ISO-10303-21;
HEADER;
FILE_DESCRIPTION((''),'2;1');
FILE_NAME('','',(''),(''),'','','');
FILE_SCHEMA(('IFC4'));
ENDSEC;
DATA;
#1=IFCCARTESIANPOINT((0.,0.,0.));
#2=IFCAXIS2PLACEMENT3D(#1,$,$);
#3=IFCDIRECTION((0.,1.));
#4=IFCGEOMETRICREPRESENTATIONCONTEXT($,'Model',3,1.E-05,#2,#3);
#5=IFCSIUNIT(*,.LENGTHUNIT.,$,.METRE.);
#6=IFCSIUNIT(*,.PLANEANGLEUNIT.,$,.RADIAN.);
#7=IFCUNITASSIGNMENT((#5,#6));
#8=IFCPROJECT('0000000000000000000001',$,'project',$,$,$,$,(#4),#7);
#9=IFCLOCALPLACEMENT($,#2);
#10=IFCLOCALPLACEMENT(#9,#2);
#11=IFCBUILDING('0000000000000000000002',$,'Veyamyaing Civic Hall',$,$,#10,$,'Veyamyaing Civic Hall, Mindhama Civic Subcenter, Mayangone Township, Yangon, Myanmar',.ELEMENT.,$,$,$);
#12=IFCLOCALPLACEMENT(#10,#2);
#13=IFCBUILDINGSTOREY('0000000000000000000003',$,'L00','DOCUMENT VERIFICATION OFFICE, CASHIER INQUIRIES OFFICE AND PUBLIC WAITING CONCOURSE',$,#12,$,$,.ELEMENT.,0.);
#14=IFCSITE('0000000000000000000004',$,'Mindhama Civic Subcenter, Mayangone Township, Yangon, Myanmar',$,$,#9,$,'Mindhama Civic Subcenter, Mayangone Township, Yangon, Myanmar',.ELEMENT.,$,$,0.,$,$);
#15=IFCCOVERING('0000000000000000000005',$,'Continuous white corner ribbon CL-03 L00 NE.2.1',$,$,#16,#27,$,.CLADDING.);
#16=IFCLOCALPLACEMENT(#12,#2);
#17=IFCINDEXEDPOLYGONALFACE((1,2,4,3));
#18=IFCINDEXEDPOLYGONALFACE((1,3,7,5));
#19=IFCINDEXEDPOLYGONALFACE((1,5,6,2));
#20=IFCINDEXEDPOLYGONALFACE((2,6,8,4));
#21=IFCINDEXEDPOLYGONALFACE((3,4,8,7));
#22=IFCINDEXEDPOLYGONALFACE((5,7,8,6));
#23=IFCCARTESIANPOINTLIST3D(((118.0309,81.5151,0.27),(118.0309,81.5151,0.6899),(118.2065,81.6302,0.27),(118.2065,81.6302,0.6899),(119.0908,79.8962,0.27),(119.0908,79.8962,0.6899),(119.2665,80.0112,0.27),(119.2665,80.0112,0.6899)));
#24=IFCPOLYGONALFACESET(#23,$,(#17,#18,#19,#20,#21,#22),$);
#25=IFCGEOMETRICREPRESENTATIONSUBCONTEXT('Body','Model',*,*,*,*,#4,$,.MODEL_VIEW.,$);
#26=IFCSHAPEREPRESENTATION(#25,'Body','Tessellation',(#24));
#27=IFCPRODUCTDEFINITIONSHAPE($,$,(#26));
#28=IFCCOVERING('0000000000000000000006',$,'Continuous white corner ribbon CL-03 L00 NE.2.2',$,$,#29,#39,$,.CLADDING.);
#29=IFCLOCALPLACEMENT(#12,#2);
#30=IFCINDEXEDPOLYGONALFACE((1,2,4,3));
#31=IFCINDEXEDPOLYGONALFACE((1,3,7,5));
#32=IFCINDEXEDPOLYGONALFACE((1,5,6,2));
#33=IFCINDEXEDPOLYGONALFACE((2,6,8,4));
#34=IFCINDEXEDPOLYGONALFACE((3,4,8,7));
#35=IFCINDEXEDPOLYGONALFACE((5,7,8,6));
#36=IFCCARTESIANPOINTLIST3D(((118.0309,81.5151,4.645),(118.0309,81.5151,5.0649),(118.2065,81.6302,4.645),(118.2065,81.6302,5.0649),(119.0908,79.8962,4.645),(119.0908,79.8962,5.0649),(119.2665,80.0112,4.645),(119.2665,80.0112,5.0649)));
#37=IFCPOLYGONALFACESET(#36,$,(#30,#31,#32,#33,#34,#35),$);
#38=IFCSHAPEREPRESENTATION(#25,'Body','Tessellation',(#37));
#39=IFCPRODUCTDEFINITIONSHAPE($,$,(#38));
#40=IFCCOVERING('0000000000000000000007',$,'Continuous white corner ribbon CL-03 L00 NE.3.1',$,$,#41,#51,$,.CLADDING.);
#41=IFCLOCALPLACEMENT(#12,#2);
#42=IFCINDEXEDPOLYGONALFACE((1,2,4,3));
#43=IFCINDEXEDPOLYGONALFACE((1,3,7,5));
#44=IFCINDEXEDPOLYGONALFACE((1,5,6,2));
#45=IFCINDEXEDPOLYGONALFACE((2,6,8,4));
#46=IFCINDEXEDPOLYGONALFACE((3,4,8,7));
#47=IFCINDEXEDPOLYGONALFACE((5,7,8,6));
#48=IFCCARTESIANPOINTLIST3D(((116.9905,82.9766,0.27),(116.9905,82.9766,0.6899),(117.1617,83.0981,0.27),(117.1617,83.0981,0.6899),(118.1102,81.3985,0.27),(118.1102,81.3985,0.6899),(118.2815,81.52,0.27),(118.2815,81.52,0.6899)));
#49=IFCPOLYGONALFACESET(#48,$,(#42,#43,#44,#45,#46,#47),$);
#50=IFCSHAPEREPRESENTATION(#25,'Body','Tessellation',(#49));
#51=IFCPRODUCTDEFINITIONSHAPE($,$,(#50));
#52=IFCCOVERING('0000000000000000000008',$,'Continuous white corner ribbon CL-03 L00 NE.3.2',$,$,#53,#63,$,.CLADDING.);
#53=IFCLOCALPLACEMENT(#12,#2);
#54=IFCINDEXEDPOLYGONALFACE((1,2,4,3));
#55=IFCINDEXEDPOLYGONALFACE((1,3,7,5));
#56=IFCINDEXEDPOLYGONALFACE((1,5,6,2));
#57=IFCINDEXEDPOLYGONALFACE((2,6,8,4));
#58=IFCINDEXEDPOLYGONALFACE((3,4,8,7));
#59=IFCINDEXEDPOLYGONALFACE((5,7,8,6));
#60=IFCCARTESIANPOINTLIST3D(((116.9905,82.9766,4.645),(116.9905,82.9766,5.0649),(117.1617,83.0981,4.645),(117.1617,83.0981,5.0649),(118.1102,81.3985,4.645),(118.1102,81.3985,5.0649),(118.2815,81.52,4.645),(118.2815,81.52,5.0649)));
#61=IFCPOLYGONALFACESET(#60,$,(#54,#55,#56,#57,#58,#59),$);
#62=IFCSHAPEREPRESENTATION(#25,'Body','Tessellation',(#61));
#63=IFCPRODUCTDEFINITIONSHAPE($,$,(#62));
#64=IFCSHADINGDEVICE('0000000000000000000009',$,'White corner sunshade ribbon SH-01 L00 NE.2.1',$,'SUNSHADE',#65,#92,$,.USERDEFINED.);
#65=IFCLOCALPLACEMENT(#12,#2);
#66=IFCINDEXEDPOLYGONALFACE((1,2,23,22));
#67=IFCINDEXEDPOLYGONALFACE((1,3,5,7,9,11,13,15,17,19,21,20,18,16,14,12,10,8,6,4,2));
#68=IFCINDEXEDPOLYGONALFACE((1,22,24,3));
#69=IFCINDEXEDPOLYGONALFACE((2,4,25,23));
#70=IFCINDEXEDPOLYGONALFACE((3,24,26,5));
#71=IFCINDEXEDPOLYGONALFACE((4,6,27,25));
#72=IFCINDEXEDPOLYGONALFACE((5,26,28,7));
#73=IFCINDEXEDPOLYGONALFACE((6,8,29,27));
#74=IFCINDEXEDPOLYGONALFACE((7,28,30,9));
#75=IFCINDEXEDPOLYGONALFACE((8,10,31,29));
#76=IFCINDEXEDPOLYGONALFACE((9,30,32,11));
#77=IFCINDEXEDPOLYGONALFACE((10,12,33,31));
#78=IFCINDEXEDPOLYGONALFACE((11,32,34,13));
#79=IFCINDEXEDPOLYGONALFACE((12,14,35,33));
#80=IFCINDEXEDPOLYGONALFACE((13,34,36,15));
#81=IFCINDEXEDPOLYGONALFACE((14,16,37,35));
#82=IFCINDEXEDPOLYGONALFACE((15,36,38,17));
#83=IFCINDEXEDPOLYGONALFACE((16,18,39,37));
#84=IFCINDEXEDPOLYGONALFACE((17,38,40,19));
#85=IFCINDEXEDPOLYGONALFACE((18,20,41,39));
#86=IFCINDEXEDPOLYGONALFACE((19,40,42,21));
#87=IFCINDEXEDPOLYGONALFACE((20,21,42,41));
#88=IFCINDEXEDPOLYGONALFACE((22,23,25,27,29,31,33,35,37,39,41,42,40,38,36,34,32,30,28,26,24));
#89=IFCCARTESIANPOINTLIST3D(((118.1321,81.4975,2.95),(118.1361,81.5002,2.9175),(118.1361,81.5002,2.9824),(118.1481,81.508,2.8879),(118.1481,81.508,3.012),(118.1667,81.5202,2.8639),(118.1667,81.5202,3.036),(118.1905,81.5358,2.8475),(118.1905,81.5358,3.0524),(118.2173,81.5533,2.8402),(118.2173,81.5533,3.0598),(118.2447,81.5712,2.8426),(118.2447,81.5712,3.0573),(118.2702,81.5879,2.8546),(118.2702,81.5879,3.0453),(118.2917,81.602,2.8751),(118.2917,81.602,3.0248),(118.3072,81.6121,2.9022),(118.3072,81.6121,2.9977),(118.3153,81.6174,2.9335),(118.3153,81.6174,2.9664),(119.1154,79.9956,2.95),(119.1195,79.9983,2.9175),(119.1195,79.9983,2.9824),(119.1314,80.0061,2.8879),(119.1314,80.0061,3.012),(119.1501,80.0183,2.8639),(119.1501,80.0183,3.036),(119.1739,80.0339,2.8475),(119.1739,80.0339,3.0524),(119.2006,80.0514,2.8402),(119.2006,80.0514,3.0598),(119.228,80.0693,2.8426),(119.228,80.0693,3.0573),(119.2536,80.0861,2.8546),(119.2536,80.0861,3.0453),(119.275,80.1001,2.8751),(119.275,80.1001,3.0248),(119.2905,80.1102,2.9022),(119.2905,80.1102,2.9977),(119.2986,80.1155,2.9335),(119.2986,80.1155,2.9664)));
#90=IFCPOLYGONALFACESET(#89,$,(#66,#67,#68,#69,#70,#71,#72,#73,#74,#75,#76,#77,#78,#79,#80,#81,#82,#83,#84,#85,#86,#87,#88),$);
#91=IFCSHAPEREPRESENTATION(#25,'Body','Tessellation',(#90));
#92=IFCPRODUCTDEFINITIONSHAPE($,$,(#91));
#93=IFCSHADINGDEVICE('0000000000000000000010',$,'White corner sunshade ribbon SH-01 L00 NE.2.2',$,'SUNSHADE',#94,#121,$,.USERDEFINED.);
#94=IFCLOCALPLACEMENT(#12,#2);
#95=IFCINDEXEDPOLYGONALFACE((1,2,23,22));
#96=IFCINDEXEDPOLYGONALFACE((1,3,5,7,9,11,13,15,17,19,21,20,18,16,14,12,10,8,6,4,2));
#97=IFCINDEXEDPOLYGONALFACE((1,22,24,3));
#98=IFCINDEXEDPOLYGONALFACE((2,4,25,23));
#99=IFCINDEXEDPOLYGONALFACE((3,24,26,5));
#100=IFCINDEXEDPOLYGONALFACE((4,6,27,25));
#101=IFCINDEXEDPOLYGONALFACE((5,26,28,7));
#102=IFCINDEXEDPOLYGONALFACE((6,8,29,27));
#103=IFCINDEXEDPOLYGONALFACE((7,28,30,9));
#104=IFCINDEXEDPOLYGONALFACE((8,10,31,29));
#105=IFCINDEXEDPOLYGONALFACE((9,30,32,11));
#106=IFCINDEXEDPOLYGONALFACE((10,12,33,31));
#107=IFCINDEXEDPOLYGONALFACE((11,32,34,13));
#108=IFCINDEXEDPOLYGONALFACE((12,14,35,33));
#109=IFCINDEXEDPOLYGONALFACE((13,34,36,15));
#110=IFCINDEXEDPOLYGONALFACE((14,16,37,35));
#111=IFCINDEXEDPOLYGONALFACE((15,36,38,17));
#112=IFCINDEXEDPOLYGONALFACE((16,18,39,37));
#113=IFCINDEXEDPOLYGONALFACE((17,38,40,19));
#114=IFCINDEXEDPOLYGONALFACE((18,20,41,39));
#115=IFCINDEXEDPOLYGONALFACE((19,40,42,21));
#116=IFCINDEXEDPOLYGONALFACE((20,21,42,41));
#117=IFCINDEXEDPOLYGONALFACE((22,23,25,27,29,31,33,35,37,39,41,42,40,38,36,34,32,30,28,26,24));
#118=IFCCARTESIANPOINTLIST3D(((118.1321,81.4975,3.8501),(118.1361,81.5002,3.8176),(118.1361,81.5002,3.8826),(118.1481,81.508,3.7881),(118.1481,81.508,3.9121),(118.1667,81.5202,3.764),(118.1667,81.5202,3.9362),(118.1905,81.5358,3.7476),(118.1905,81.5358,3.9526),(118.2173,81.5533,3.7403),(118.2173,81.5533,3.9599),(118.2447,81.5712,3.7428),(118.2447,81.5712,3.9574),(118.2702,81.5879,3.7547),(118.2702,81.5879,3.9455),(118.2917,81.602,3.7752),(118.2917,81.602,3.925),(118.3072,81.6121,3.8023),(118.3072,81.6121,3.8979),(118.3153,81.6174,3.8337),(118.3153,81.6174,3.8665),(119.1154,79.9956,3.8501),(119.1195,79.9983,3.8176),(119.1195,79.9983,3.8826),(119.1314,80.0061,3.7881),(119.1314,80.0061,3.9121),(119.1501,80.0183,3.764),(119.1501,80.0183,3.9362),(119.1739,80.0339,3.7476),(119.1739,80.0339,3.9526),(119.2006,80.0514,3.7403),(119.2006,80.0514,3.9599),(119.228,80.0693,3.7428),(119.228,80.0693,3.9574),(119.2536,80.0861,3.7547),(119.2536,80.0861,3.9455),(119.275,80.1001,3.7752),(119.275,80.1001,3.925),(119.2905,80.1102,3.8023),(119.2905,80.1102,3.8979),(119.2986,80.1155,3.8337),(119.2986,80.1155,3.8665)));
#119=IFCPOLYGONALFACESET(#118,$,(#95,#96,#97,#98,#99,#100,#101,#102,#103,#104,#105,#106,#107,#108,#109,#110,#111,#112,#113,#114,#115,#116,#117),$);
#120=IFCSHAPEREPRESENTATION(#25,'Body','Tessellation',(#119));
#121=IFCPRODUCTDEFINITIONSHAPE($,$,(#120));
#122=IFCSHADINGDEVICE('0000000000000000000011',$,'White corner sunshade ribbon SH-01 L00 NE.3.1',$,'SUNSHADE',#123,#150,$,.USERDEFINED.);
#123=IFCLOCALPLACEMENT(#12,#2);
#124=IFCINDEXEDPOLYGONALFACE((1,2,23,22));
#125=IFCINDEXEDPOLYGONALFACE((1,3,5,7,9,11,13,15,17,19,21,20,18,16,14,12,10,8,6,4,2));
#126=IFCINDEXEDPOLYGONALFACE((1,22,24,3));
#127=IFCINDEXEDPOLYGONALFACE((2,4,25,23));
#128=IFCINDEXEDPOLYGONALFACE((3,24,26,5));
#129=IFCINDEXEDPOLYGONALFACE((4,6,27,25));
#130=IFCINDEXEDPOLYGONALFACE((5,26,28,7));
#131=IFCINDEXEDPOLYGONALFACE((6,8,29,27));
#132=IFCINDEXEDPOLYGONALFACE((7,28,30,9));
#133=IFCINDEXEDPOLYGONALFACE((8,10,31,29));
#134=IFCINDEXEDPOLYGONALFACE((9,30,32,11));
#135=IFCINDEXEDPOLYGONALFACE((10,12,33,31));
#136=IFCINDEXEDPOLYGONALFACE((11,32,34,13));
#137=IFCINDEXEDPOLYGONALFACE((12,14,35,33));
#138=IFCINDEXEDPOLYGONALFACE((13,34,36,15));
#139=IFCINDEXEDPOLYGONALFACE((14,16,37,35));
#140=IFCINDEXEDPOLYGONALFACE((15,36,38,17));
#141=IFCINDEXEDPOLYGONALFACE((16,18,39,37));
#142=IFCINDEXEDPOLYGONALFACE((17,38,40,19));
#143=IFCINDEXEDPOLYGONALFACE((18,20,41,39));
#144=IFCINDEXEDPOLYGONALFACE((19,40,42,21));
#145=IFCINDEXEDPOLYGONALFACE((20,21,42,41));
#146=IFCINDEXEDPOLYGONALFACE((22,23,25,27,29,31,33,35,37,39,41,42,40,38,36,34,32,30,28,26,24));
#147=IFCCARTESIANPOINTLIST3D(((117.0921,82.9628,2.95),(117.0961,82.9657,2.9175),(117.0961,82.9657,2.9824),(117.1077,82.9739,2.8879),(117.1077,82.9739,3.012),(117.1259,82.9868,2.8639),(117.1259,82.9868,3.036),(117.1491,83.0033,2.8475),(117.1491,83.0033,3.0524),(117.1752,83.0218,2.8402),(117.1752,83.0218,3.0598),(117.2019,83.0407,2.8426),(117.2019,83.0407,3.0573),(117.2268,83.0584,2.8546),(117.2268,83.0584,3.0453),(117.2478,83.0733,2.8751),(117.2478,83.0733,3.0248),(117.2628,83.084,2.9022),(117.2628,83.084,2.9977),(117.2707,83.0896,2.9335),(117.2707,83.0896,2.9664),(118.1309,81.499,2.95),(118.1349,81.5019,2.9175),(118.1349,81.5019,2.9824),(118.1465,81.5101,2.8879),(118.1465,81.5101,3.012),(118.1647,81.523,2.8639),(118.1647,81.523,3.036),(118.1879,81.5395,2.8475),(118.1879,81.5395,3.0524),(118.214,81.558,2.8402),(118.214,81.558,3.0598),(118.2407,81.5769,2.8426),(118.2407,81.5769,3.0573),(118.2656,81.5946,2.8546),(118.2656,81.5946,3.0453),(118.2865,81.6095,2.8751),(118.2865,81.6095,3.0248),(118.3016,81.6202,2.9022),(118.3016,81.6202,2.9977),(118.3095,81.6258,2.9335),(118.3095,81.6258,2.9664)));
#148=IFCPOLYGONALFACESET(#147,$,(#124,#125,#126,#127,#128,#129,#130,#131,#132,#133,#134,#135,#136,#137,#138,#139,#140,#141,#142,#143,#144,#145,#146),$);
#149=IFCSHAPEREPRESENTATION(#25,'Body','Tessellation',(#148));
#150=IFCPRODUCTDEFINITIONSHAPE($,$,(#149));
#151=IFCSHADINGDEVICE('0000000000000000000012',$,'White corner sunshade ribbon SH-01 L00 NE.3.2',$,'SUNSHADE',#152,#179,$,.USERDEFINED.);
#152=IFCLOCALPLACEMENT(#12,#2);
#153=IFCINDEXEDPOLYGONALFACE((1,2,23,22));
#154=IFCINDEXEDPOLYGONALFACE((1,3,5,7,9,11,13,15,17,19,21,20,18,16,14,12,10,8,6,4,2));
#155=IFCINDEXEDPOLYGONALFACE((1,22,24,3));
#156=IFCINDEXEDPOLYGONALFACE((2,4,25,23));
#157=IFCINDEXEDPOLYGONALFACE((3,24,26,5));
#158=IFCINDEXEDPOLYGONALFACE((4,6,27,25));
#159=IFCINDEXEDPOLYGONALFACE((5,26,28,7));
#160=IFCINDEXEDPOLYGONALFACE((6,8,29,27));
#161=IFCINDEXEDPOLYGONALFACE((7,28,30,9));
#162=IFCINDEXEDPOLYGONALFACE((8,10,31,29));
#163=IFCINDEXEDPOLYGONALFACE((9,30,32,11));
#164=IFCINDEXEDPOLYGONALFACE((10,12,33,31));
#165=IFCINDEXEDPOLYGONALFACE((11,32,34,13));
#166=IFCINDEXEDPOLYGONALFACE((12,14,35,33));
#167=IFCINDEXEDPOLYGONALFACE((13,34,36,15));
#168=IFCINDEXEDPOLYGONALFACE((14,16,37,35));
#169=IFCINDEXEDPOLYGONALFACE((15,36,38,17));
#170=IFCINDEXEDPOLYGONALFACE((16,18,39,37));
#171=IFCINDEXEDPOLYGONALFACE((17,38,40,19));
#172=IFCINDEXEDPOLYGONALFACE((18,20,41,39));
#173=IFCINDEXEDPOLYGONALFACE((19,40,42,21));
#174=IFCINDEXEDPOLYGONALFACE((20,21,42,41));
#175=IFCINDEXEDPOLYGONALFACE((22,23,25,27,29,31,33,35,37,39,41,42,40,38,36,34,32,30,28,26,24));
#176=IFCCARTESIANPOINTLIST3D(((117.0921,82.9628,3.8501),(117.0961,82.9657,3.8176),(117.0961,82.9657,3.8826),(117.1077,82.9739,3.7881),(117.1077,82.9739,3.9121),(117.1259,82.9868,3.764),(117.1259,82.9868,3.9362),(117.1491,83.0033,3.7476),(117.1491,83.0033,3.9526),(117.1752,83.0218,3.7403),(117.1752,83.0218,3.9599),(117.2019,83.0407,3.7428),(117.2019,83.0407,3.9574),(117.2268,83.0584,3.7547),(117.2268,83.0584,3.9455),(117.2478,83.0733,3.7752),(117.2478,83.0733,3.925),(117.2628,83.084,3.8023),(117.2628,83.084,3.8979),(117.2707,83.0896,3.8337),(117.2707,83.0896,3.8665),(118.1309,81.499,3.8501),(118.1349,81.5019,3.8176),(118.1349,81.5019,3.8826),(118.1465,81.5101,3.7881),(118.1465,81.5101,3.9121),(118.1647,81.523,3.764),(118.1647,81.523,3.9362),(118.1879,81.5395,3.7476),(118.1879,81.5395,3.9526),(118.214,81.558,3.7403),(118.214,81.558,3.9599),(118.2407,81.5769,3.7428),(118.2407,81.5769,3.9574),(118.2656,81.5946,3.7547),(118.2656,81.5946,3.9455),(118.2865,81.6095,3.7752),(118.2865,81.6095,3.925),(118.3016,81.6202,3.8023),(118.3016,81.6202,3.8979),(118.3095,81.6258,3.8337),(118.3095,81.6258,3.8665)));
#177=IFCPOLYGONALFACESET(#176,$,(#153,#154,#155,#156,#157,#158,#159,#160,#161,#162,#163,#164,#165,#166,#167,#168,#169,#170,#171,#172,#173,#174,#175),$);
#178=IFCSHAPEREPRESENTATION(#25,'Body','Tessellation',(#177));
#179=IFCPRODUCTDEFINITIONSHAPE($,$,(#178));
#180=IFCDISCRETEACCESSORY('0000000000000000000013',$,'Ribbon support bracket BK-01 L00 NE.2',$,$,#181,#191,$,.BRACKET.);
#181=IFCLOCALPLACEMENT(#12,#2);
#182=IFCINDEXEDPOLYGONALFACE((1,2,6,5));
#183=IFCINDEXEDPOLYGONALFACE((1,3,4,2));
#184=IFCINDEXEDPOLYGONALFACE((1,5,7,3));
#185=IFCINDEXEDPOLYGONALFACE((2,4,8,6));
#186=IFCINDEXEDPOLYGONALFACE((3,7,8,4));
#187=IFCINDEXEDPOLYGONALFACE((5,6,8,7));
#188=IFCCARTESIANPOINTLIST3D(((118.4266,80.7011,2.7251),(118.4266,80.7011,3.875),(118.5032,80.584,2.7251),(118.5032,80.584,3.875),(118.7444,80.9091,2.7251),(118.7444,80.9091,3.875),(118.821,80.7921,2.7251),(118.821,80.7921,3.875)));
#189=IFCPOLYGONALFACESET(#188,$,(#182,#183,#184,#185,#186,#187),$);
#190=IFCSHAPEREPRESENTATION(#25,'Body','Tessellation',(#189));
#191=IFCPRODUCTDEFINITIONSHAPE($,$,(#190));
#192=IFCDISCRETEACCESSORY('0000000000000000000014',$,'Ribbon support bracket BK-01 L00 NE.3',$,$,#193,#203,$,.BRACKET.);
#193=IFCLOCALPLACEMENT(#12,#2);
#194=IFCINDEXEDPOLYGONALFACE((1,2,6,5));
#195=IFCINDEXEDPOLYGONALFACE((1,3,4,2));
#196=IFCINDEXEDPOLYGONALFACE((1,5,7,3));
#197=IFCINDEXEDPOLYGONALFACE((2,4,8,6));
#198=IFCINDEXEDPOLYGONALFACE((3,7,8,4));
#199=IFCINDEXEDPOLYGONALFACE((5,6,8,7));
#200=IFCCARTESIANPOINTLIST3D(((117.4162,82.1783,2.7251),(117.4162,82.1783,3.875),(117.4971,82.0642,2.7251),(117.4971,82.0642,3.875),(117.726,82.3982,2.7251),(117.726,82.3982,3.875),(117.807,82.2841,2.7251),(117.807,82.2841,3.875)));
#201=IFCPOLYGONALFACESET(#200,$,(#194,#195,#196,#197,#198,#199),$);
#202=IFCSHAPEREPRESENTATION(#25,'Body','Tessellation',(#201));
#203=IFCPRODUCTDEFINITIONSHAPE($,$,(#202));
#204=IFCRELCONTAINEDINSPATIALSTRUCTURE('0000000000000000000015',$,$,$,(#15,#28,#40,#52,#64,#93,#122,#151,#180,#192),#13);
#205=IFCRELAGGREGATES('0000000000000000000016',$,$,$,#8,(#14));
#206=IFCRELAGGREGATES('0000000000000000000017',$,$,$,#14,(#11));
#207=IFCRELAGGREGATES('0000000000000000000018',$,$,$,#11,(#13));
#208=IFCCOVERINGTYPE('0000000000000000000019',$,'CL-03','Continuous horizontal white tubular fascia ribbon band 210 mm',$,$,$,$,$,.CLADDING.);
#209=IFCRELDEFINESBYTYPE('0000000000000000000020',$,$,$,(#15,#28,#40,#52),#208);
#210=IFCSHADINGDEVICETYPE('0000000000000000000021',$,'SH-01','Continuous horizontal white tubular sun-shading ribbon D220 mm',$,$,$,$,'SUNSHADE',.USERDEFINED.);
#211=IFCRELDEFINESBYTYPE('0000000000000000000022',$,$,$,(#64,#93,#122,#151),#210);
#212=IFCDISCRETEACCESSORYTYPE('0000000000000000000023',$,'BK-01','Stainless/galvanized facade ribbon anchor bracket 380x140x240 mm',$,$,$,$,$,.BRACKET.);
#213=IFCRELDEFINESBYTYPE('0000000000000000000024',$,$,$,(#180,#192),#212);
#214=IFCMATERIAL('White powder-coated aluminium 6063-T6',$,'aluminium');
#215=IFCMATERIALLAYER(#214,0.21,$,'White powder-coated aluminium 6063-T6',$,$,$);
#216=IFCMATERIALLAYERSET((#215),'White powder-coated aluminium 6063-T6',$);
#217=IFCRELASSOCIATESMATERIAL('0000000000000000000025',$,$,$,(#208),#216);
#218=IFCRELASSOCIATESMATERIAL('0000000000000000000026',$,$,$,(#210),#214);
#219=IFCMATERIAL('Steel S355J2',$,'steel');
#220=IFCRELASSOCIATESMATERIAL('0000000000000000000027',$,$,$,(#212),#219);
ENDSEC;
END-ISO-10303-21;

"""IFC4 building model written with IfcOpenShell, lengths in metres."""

from ifc_helpers import new_model, si_unit, direction, frame, origin, origin_2d, place, context, subcontext, project, spatial, rectangle, circle, extrude, material, layer, layer_set, material_profile, profile_set, type_object, element, save


model = new_model("IFC4")

# Units and contexts
model_context = context("Model", 3, precision=1e-05, world=origin(), true_north=direction((0.0, 1.0)))
body_context = subcontext(model_context, "Body", "Model", "MODEL_VIEW")
ifc_project = project(units=[si_unit("LENGTHUNIT", "METRE"), si_unit("PLANEANGLEUNIT", "RADIAN")], contexts=[model_context])

# Site, building, storey
site_placement = place(None, origin())
site = spatial("IfcSite", under=ifc_project, at=site_placement, Name="Mindhama Civic Subcenter, Mayangone Township, Yangon, Myanmar", LongName="Mindhama Civic Subcenter, Mayangone Township, Yangon, Myanmar", CompositionType="ELEMENT", RefElevation=0.0)
building_placement = place(site_placement, origin())
building = spatial("IfcBuilding", under=site, at=building_placement, Name="Veyamyaing Civic Hall", LongName="Veyamyaing Civic Hall, Mindhama Civic Subcenter, Mayangone Township, Yangon, Myanmar", CompositionType="ELEMENT")
storey_placement = place(building_placement, origin())
storey = spatial("IfcBuildingStorey", under=building, at=storey_placement, Name="L00", Description="DOCUMENT VERIFICATION OFFICE, CASHIER INQUIRIES OFFICE AND PUBLIC WAITING CONCOURSE", CompositionType="ELEMENT", Elevation=0.0)

# Coverings
ifc_material_1 = material(Name="White powder-coated aluminium 6063-T6", Category="aluminium")
ifc_layer_1 = layer(ifc_material_1, 0.21, Name="White powder-coated aluminium 6063-T6")
ifc_layer_set_1 = layer_set([ifc_layer_1], Name="White powder-coated aluminium 6063-T6")
covering_type = type_object("IfcCoveringType", Name="CL-03", Description="Continuous horizontal white tubular fascia ribbon band 210 mm", PredefinedType="CLADDING", material=ifc_layer_set_1)
for number, where, z_axis, x_axis, name in (
    (1, (118.6487, 80.7632, 0.27), (0.0, 0.0, 1.0), (-0.547772, 0.836628, 0.0), "Continuous white corner ribbon CL-03 L00 NE.2.1"),
    (2, (118.6487, 80.7632, 4.645), (0.0, 0.0, 1.0), (-0.547772, 0.836628, 0.0), "Continuous white corner ribbon CL-03 L00 NE.2.2"),
    (3, (117.636, 82.2483, 0.27), (0.0, 0.0, 1.0), (-0.578671, 0.815561, 0.0), "Continuous white corner ribbon CL-03 L00 NE.3.1"),
    (4, (117.636, 82.2483, 4.645), (0.0, 0.0, 1.0), (-0.578671, 0.815561, 0.0), "Continuous white corner ribbon CL-03 L00 NE.3.2"),
):
    element("IfcCovering", number, at=place(storey_placement, frame(where, z_axis=z_axis, x_axis=x_axis)), inside=storey, type_object=covering_type, Name=name, PredefinedType="CLADDING", context=body_context, shape_type="SweptSolid", body=[
        extrude(rectangle(XDim=1.9351, YDim=0.21, at=origin_2d()), origin(), (0.0, 0.0, 1.0), 0.4199),
    ])

# Shading devices
ifc_material_profile_1 = material_profile(ifc_material_1, circle(Radius=0.1101, at=origin_2d()), Name="SHADE-TUBE-220")
ifc_profile_set_1 = profile_set([ifc_material_profile_1], Name="White powder-coated aluminium 6063-T6")
shading_device_type = type_object("IfcShadingDeviceType", Name="SH-01", Description="Continuous horizontal white tubular sun-shading ribbon D220 mm", ElementType="SUNSHADE", PredefinedType="USERDEFINED", material=ifc_profile_set_1)
for number, where, z_axis, x_axis, name in (
    (5, (119.2075, 80.0559, 2.95), (-0.547777, 0.836624, 0.0), (-0.836624, -0.547777, 0.0), "White corner sunshade ribbon SH-01 L00 NE.2.1"),
    (6, (119.2075, 80.0559, 3.8501), (-0.547777, 0.836624, 0.0), (-0.836624, -0.547777, 0.0), "White corner sunshade ribbon SH-01 L00 NE.2.2"),
):
    element("IfcShadingDevice", number, at=place(storey_placement, frame(where, z_axis=z_axis, x_axis=x_axis)), inside=storey, type_object=shading_device_type, Name=name, ObjectType="SUNSHADE", PredefinedType="USERDEFINED", context=body_context, shape_type="SweptSolid", body=[
        extrude(circle(Radius=0.1101, at=origin_2d()), origin(), (0.0, 0.0, 1.0), 1.7952),
    ])
for number, where, z_axis, x_axis, name in (
    (7, (118.2207, 81.5627, 2.95), (-0.578727, 0.815522, 0.0), (-0.815522, -0.578727, 0.0), "White corner sunshade ribbon SH-01 L00 NE.3.1"),
    (8, (118.2207, 81.5627, 3.8501), (-0.578727, 0.815522, 0.0), (-0.815522, -0.578727, 0.0), "White corner sunshade ribbon SH-01 L00 NE.3.2"),
):
    element("IfcShadingDevice", number, at=place(storey_placement, frame(where, z_axis=z_axis, x_axis=x_axis)), inside=storey, type_object=shading_device_type, Name=name, ObjectType="SUNSHADE", PredefinedType="USERDEFINED", context=body_context, shape_type="SweptSolid", body=[
        extrude(circle(Radius=0.1101, at=origin_2d()), origin(), (0.0, 0.0, 1.0), 1.7949),
    ])

# Discrete accessories
ifc_material_2 = material(Name="Steel S355J2", Category="steel")
discrete_accessory_type = type_object("IfcDiscreteAccessoryType", Name="BK-01", Description="Stainless/galvanized facade ribbon anchor bracket 380x140x240 mm", PredefinedType="BRACKET", material=ifc_material_2)
for number, where, z_axis, x_axis, name in (
    (9, (118.6238, 80.7466, 2.7251), (0.0, 0.0, 1.0), (0.836628, 0.547772, 0.0), "Ribbon support bracket BK-01 L00 NE.2"),
    (10, (117.6116, 82.2312, 2.7251), (0.0, 0.0, 1.0), (0.815561, 0.578671, 0.0), "Ribbon support bracket BK-01 L00 NE.3"),
):
    element("IfcDiscreteAccessory", number, at=place(storey_placement, frame(where, z_axis=z_axis, x_axis=x_axis)), inside=storey, type_object=discrete_accessory_type, Name=name, PredefinedType="BRACKET", context=body_context, shape_type="SweptSolid", body=[
        extrude(rectangle(XDim=0.3799, YDim=0.1399, at=origin_2d()), origin(), (0.0, 0.0, 1.0), 1.1499),
    ])

save(model, "model.ifc")
